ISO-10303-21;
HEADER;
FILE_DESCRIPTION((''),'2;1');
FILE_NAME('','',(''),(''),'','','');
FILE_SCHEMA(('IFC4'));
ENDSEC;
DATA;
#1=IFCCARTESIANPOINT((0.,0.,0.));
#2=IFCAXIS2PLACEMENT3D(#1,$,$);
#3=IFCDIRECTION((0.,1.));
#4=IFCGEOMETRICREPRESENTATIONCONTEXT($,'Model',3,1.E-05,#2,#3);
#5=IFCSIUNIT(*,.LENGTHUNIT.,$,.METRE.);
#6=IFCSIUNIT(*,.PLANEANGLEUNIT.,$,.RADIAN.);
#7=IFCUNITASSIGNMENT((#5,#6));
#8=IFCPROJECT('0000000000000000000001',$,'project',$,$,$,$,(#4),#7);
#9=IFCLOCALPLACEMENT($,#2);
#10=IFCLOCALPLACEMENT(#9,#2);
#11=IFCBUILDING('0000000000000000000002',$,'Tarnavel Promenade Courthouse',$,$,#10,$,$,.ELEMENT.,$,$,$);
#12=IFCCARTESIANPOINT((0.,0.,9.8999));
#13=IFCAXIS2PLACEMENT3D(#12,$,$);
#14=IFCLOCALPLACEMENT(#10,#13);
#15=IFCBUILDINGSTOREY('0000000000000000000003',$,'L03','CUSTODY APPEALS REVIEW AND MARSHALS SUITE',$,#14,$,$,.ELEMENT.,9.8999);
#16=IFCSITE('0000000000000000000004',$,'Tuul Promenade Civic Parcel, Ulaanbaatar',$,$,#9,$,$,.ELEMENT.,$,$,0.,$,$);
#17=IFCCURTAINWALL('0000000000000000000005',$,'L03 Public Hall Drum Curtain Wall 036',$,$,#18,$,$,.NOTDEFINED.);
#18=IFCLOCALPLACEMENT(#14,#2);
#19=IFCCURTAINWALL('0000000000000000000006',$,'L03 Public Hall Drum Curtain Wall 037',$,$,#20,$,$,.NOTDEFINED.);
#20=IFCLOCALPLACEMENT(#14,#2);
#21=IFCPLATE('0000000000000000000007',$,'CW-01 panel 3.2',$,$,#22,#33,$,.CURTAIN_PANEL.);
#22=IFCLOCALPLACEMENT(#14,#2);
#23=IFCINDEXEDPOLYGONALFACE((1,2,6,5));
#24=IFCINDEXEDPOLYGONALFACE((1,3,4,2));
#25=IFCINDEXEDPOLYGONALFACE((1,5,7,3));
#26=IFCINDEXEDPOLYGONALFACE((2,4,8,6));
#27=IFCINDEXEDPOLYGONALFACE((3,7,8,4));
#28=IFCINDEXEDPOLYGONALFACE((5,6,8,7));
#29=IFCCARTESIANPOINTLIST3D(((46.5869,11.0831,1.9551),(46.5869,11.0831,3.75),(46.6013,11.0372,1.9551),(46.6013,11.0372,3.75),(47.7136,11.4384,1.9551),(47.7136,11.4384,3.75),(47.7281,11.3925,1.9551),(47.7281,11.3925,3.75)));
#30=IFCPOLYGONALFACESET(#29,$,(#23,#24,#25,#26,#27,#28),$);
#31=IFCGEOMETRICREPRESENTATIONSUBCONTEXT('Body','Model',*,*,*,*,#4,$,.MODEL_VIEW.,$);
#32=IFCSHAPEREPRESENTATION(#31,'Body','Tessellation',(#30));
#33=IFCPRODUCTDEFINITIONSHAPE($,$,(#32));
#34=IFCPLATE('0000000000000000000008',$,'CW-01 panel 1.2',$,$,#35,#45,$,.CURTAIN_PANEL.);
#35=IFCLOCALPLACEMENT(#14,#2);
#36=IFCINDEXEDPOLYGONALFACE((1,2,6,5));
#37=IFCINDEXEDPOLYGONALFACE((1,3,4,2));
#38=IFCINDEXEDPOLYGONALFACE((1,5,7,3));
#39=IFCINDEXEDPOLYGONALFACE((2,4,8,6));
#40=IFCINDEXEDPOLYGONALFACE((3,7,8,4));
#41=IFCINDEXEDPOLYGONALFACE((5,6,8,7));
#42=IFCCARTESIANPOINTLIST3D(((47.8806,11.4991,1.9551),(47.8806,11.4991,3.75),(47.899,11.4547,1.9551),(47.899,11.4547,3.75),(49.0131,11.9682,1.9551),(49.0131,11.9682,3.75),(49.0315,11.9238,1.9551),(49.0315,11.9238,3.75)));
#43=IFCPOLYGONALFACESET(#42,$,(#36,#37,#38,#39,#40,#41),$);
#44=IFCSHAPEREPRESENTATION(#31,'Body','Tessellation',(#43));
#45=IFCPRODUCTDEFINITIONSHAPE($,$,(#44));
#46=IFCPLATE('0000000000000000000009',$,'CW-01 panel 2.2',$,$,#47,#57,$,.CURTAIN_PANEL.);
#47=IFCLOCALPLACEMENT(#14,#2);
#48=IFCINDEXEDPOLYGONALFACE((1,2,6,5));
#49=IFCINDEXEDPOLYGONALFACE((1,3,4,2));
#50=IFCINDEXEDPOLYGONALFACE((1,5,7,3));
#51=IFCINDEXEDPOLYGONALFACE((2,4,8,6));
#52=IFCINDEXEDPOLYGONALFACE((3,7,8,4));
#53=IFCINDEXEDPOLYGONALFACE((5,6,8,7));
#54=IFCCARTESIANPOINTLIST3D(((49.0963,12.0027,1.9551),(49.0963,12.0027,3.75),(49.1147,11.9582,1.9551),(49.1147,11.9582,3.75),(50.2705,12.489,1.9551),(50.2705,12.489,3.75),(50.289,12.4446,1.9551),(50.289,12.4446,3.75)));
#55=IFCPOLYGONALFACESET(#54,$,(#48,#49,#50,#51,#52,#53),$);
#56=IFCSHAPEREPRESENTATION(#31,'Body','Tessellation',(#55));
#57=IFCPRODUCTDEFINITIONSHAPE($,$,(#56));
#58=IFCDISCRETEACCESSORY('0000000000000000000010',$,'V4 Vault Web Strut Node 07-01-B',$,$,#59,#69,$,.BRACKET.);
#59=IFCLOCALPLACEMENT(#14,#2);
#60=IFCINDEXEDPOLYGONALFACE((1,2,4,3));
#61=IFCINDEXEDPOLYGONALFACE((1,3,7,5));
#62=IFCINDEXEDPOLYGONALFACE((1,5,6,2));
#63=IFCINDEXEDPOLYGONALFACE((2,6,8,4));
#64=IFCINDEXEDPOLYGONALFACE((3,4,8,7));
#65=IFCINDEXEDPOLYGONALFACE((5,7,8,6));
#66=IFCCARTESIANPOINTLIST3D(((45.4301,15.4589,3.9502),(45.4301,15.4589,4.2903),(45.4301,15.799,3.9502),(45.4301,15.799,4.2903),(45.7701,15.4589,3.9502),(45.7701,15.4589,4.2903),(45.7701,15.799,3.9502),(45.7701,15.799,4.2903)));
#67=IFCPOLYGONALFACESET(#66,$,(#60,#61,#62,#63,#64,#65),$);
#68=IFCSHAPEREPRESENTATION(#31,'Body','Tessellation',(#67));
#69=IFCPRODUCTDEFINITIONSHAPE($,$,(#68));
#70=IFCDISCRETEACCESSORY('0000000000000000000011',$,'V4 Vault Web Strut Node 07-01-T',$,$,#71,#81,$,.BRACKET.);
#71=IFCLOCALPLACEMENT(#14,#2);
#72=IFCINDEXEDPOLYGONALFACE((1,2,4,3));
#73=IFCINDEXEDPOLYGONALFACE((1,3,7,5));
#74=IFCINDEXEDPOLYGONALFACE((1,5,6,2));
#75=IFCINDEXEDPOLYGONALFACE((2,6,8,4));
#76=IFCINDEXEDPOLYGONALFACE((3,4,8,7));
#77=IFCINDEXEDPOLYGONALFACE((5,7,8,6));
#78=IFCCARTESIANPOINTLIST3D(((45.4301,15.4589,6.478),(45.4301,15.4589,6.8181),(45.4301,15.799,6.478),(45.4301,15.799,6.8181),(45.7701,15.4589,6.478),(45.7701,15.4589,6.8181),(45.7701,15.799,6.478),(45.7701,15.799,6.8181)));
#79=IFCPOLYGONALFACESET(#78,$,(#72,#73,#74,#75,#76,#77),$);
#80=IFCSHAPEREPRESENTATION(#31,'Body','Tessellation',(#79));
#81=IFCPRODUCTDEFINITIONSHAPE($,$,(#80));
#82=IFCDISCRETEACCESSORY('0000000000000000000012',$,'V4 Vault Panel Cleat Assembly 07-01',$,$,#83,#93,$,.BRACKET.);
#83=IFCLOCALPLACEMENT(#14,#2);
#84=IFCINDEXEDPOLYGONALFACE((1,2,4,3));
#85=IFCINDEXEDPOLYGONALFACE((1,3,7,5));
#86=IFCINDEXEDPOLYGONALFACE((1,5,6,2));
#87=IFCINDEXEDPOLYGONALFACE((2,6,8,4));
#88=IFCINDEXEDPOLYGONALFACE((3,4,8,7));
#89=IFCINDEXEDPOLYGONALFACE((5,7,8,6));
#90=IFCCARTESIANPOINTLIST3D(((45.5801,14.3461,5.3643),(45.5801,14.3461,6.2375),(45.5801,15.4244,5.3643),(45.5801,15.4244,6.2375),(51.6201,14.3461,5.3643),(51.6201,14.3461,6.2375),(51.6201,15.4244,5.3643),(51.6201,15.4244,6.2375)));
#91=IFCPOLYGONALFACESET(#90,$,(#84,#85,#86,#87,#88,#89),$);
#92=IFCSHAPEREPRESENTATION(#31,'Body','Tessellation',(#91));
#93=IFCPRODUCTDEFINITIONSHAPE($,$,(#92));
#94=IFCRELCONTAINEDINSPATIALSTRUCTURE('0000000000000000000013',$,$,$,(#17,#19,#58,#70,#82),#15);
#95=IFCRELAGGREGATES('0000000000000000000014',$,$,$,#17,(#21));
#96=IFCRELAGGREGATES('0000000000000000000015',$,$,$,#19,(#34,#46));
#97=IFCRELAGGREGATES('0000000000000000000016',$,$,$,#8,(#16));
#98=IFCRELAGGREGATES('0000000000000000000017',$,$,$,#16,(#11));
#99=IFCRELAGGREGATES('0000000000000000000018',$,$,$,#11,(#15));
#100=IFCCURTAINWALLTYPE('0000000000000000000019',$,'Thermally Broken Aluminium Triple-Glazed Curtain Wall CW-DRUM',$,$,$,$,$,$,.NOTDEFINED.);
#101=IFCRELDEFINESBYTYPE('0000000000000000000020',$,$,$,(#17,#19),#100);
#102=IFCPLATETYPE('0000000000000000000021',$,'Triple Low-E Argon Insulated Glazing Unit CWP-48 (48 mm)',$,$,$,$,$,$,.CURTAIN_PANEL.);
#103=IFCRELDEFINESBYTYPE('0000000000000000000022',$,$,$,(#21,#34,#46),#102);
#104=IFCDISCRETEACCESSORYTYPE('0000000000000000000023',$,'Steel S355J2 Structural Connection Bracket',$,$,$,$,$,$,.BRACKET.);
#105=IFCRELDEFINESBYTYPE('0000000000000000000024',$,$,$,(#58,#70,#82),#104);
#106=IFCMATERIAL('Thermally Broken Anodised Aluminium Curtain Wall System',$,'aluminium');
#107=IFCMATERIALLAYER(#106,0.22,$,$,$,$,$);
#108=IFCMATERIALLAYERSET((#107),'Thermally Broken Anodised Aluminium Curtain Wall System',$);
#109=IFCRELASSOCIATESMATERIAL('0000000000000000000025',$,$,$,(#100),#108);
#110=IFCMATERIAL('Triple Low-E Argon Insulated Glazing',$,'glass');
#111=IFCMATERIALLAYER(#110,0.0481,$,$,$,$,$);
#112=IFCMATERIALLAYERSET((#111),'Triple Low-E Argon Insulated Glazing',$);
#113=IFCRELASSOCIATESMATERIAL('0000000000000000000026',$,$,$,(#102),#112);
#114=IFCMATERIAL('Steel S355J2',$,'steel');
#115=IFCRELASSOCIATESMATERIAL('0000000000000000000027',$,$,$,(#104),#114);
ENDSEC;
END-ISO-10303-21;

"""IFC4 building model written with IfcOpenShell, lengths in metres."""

from ifc_helpers import new_model, si_unit, direction, frame, origin, origin_2d, place, context, subcontext, project, spatial, rectangle, extrude, material, layer, layer_set, type_object, element, aggregate, save


model = new_model("IFC4")

# Units and contexts
model_context = context("Model", 3, precision=1e-05, world=origin(), true_north=direction((0.0, 1.0)))
body_context = subcontext(model_context, "Body", "Model", "MODEL_VIEW")
ifc_project = project(units=[si_unit("LENGTHUNIT", "METRE"), si_unit("PLANEANGLEUNIT", "RADIAN")], contexts=[model_context])

# Site, building, storey
site_placement = place(None, origin())
site = spatial("IfcSite", under=ifc_project, at=site_placement, Name="Tuul Promenade Civic Parcel, Ulaanbaatar", CompositionType="ELEMENT", RefElevation=0.0)
building_placement = place(site_placement, origin())
building = spatial("IfcBuilding", under=site, at=building_placement, Name="Tarnavel Promenade Courthouse", CompositionType="ELEMENT")
storey_placement = place(building_placement, frame((0.0, 0.0, 9.8999)))
storey = spatial("IfcBuildingStorey", under=building, at=storey_placement, Name="L03", Description="CUSTODY APPEALS REVIEW AND MARSHALS SUITE", CompositionType="ELEMENT", Elevation=9.8999)

# Shared definitions
ifc_material_1 = material(Name="Steel S355J2", Category="steel")

# Curtain walls
ifc_material_2 = material(Name="Thermally Broken Anodised Aluminium Curtain Wall System", Category="aluminium")
ifc_layer_1 = layer(ifc_material_2, 0.22)
ifc_layer_set_1 = layer_set([ifc_layer_1], Name="Thermally Broken Anodised Aluminium Curtain Wall System")
curtain_wall_type = type_object("IfcCurtainWallType", Name="Thermally Broken Aluminium Triple-Glazed Curtain Wall CW-DRUM", PredefinedType="NOTDEFINED", material=ifc_layer_set_1)
curtain_wall_1_placement = place(storey_placement, origin())
curtain_wall_1 = element("IfcCurtainWall", 1, at=curtain_wall_1_placement, inside=storey, type_object=curtain_wall_type, Name="L03 Public Hall Drum Curtain Wall 036", PredefinedType="NOTDEFINED")
curtain_wall_2_placement = place(storey_placement, origin())
curtain_wall_2 = element("IfcCurtainWall", 2, at=curtain_wall_2_placement, inside=storey, type_object=curtain_wall_type, Name="L03 Public Hall Drum Curtain Wall 037", PredefinedType="NOTDEFINED")

# Plates
ifc_material_3 = material(Name="Triple Low-E Argon Insulated Glazing", Category="glass")
ifc_layer_2 = layer(ifc_material_3, 0.0481)
ifc_layer_set_2 = layer_set([ifc_layer_2], Name="Triple Low-E Argon Insulated Glazing")
plate_type_1 = type_object("IfcPlateType", Name="Triple Low-E Argon Insulated Glazing Unit CWP-48 (48 mm)", PredefinedType="CURTAIN_PANEL", material=ifc_layer_set_2)
plate_1_placement = place(storey_placement, frame((47.1575, 11.2378, 1.9551), z_axis=(0.0, 0.0, 1.0), x_axis=(0.953717, 0.300705, 0.0)))
plate_1 = element("IfcPlate", 3, at=plate_1_placement, type_object=plate_type_1, Name="CW-01 panel 3.2", PredefinedType="CURTAIN_PANEL", context=body_context, shape_type="SweptSolid", body=[
    extrude(rectangle(XDim=1.1814, YDim=0.0481, at=origin_2d()), origin(), (0.0, 0.0, 1.0), 1.7949),
])
aggregate(curtain_wall_1, [plate_1])
plate_2_placement = place(storey_placement, frame((48.4561, 11.7114, 1.9551), z_axis=(0.0, 0.0, 1.0), x_axis=(0.923879, 0.382685, 0.0)))
plate_2 = element("IfcPlate", 4, at=plate_2_placement, type_object=plate_type_1, Name="CW-01 panel 1.2", PredefinedType="CURTAIN_PANEL", context=body_context, shape_type="SweptSolid", body=[
    extrude(rectangle(XDim=1.2258, YDim=0.0481, at=origin_2d()), origin(), (0.0, 0.0, 1.0), 1.7949),
])
plate_3_placement = place(storey_placement, frame((49.6926, 12.2236, 1.9551), z_axis=(0.0, 0.0, 1.0), x_axis=(0.923879, 0.382685, 0.0)))
plate_3 = element("IfcPlate", 5, at=plate_3_placement, type_object=plate_type_1, Name="CW-01 panel 2.2", PredefinedType="CURTAIN_PANEL", context=body_context, shape_type="SweptSolid", body=[
    extrude(rectangle(XDim=1.271, YDim=0.0481, at=origin_2d()), origin(), (0.0, 0.0, 1.0), 1.7949),
])
aggregate(curtain_wall_2, [plate_2, plate_3])

# Discrete accessories
discrete_accessory_type = type_object("IfcDiscreteAccessoryType", Name="Steel S355J2 Structural Connection Bracket", PredefinedType="BRACKET", material=ifc_material_1)
for number, where, z_axis, x_axis, name in (
    (6, (45.6001, 15.6289, 3.9502), (0.0, 0.0, 1.0), (1.0, 0.0, 0.0), "V4 Vault Web Strut Node 07-01-B"),
    (7, (45.6001, 15.6289, 6.478), (0.0, 0.0, 1.0), (1.0, 0.0, 0.0), "V4 Vault Web Strut Node 07-01-T"),
):
    element("IfcDiscreteAccessory", number, at=place(storey_placement, frame(where, z_axis=z_axis, x_axis=x_axis)), inside=storey, type_object=discrete_accessory_type, Name=name, PredefinedType="BRACKET", context=body_context, shape_type="SweptSolid", body=[
        extrude(rectangle(XDim=0.3401, YDim=0.3401, at=origin_2d()), origin(), (0.0, 0.0, 1.0), 0.3401),
    ])
discrete_accessory_placement = place(storey_placement, frame((48.6001, 14.8853, 5.3643), z_axis=(0.0, 0.0, 1.0), x_axis=(1.0, 0.0, 0.0)))
element("IfcDiscreteAccessory", 8, at=discrete_accessory_placement, inside=storey, type_object=discrete_accessory_type, Name="V4 Vault Panel Cleat Assembly 07-01", PredefinedType="BRACKET", context=body_context, shape_type="SweptSolid", body=[
    extrude(rectangle(XDim=6.04, YDim=1.0784, at=origin_2d()), origin(), (0.0, 0.0, 1.0), 0.8733),
])

save(model, "model.ifc")
